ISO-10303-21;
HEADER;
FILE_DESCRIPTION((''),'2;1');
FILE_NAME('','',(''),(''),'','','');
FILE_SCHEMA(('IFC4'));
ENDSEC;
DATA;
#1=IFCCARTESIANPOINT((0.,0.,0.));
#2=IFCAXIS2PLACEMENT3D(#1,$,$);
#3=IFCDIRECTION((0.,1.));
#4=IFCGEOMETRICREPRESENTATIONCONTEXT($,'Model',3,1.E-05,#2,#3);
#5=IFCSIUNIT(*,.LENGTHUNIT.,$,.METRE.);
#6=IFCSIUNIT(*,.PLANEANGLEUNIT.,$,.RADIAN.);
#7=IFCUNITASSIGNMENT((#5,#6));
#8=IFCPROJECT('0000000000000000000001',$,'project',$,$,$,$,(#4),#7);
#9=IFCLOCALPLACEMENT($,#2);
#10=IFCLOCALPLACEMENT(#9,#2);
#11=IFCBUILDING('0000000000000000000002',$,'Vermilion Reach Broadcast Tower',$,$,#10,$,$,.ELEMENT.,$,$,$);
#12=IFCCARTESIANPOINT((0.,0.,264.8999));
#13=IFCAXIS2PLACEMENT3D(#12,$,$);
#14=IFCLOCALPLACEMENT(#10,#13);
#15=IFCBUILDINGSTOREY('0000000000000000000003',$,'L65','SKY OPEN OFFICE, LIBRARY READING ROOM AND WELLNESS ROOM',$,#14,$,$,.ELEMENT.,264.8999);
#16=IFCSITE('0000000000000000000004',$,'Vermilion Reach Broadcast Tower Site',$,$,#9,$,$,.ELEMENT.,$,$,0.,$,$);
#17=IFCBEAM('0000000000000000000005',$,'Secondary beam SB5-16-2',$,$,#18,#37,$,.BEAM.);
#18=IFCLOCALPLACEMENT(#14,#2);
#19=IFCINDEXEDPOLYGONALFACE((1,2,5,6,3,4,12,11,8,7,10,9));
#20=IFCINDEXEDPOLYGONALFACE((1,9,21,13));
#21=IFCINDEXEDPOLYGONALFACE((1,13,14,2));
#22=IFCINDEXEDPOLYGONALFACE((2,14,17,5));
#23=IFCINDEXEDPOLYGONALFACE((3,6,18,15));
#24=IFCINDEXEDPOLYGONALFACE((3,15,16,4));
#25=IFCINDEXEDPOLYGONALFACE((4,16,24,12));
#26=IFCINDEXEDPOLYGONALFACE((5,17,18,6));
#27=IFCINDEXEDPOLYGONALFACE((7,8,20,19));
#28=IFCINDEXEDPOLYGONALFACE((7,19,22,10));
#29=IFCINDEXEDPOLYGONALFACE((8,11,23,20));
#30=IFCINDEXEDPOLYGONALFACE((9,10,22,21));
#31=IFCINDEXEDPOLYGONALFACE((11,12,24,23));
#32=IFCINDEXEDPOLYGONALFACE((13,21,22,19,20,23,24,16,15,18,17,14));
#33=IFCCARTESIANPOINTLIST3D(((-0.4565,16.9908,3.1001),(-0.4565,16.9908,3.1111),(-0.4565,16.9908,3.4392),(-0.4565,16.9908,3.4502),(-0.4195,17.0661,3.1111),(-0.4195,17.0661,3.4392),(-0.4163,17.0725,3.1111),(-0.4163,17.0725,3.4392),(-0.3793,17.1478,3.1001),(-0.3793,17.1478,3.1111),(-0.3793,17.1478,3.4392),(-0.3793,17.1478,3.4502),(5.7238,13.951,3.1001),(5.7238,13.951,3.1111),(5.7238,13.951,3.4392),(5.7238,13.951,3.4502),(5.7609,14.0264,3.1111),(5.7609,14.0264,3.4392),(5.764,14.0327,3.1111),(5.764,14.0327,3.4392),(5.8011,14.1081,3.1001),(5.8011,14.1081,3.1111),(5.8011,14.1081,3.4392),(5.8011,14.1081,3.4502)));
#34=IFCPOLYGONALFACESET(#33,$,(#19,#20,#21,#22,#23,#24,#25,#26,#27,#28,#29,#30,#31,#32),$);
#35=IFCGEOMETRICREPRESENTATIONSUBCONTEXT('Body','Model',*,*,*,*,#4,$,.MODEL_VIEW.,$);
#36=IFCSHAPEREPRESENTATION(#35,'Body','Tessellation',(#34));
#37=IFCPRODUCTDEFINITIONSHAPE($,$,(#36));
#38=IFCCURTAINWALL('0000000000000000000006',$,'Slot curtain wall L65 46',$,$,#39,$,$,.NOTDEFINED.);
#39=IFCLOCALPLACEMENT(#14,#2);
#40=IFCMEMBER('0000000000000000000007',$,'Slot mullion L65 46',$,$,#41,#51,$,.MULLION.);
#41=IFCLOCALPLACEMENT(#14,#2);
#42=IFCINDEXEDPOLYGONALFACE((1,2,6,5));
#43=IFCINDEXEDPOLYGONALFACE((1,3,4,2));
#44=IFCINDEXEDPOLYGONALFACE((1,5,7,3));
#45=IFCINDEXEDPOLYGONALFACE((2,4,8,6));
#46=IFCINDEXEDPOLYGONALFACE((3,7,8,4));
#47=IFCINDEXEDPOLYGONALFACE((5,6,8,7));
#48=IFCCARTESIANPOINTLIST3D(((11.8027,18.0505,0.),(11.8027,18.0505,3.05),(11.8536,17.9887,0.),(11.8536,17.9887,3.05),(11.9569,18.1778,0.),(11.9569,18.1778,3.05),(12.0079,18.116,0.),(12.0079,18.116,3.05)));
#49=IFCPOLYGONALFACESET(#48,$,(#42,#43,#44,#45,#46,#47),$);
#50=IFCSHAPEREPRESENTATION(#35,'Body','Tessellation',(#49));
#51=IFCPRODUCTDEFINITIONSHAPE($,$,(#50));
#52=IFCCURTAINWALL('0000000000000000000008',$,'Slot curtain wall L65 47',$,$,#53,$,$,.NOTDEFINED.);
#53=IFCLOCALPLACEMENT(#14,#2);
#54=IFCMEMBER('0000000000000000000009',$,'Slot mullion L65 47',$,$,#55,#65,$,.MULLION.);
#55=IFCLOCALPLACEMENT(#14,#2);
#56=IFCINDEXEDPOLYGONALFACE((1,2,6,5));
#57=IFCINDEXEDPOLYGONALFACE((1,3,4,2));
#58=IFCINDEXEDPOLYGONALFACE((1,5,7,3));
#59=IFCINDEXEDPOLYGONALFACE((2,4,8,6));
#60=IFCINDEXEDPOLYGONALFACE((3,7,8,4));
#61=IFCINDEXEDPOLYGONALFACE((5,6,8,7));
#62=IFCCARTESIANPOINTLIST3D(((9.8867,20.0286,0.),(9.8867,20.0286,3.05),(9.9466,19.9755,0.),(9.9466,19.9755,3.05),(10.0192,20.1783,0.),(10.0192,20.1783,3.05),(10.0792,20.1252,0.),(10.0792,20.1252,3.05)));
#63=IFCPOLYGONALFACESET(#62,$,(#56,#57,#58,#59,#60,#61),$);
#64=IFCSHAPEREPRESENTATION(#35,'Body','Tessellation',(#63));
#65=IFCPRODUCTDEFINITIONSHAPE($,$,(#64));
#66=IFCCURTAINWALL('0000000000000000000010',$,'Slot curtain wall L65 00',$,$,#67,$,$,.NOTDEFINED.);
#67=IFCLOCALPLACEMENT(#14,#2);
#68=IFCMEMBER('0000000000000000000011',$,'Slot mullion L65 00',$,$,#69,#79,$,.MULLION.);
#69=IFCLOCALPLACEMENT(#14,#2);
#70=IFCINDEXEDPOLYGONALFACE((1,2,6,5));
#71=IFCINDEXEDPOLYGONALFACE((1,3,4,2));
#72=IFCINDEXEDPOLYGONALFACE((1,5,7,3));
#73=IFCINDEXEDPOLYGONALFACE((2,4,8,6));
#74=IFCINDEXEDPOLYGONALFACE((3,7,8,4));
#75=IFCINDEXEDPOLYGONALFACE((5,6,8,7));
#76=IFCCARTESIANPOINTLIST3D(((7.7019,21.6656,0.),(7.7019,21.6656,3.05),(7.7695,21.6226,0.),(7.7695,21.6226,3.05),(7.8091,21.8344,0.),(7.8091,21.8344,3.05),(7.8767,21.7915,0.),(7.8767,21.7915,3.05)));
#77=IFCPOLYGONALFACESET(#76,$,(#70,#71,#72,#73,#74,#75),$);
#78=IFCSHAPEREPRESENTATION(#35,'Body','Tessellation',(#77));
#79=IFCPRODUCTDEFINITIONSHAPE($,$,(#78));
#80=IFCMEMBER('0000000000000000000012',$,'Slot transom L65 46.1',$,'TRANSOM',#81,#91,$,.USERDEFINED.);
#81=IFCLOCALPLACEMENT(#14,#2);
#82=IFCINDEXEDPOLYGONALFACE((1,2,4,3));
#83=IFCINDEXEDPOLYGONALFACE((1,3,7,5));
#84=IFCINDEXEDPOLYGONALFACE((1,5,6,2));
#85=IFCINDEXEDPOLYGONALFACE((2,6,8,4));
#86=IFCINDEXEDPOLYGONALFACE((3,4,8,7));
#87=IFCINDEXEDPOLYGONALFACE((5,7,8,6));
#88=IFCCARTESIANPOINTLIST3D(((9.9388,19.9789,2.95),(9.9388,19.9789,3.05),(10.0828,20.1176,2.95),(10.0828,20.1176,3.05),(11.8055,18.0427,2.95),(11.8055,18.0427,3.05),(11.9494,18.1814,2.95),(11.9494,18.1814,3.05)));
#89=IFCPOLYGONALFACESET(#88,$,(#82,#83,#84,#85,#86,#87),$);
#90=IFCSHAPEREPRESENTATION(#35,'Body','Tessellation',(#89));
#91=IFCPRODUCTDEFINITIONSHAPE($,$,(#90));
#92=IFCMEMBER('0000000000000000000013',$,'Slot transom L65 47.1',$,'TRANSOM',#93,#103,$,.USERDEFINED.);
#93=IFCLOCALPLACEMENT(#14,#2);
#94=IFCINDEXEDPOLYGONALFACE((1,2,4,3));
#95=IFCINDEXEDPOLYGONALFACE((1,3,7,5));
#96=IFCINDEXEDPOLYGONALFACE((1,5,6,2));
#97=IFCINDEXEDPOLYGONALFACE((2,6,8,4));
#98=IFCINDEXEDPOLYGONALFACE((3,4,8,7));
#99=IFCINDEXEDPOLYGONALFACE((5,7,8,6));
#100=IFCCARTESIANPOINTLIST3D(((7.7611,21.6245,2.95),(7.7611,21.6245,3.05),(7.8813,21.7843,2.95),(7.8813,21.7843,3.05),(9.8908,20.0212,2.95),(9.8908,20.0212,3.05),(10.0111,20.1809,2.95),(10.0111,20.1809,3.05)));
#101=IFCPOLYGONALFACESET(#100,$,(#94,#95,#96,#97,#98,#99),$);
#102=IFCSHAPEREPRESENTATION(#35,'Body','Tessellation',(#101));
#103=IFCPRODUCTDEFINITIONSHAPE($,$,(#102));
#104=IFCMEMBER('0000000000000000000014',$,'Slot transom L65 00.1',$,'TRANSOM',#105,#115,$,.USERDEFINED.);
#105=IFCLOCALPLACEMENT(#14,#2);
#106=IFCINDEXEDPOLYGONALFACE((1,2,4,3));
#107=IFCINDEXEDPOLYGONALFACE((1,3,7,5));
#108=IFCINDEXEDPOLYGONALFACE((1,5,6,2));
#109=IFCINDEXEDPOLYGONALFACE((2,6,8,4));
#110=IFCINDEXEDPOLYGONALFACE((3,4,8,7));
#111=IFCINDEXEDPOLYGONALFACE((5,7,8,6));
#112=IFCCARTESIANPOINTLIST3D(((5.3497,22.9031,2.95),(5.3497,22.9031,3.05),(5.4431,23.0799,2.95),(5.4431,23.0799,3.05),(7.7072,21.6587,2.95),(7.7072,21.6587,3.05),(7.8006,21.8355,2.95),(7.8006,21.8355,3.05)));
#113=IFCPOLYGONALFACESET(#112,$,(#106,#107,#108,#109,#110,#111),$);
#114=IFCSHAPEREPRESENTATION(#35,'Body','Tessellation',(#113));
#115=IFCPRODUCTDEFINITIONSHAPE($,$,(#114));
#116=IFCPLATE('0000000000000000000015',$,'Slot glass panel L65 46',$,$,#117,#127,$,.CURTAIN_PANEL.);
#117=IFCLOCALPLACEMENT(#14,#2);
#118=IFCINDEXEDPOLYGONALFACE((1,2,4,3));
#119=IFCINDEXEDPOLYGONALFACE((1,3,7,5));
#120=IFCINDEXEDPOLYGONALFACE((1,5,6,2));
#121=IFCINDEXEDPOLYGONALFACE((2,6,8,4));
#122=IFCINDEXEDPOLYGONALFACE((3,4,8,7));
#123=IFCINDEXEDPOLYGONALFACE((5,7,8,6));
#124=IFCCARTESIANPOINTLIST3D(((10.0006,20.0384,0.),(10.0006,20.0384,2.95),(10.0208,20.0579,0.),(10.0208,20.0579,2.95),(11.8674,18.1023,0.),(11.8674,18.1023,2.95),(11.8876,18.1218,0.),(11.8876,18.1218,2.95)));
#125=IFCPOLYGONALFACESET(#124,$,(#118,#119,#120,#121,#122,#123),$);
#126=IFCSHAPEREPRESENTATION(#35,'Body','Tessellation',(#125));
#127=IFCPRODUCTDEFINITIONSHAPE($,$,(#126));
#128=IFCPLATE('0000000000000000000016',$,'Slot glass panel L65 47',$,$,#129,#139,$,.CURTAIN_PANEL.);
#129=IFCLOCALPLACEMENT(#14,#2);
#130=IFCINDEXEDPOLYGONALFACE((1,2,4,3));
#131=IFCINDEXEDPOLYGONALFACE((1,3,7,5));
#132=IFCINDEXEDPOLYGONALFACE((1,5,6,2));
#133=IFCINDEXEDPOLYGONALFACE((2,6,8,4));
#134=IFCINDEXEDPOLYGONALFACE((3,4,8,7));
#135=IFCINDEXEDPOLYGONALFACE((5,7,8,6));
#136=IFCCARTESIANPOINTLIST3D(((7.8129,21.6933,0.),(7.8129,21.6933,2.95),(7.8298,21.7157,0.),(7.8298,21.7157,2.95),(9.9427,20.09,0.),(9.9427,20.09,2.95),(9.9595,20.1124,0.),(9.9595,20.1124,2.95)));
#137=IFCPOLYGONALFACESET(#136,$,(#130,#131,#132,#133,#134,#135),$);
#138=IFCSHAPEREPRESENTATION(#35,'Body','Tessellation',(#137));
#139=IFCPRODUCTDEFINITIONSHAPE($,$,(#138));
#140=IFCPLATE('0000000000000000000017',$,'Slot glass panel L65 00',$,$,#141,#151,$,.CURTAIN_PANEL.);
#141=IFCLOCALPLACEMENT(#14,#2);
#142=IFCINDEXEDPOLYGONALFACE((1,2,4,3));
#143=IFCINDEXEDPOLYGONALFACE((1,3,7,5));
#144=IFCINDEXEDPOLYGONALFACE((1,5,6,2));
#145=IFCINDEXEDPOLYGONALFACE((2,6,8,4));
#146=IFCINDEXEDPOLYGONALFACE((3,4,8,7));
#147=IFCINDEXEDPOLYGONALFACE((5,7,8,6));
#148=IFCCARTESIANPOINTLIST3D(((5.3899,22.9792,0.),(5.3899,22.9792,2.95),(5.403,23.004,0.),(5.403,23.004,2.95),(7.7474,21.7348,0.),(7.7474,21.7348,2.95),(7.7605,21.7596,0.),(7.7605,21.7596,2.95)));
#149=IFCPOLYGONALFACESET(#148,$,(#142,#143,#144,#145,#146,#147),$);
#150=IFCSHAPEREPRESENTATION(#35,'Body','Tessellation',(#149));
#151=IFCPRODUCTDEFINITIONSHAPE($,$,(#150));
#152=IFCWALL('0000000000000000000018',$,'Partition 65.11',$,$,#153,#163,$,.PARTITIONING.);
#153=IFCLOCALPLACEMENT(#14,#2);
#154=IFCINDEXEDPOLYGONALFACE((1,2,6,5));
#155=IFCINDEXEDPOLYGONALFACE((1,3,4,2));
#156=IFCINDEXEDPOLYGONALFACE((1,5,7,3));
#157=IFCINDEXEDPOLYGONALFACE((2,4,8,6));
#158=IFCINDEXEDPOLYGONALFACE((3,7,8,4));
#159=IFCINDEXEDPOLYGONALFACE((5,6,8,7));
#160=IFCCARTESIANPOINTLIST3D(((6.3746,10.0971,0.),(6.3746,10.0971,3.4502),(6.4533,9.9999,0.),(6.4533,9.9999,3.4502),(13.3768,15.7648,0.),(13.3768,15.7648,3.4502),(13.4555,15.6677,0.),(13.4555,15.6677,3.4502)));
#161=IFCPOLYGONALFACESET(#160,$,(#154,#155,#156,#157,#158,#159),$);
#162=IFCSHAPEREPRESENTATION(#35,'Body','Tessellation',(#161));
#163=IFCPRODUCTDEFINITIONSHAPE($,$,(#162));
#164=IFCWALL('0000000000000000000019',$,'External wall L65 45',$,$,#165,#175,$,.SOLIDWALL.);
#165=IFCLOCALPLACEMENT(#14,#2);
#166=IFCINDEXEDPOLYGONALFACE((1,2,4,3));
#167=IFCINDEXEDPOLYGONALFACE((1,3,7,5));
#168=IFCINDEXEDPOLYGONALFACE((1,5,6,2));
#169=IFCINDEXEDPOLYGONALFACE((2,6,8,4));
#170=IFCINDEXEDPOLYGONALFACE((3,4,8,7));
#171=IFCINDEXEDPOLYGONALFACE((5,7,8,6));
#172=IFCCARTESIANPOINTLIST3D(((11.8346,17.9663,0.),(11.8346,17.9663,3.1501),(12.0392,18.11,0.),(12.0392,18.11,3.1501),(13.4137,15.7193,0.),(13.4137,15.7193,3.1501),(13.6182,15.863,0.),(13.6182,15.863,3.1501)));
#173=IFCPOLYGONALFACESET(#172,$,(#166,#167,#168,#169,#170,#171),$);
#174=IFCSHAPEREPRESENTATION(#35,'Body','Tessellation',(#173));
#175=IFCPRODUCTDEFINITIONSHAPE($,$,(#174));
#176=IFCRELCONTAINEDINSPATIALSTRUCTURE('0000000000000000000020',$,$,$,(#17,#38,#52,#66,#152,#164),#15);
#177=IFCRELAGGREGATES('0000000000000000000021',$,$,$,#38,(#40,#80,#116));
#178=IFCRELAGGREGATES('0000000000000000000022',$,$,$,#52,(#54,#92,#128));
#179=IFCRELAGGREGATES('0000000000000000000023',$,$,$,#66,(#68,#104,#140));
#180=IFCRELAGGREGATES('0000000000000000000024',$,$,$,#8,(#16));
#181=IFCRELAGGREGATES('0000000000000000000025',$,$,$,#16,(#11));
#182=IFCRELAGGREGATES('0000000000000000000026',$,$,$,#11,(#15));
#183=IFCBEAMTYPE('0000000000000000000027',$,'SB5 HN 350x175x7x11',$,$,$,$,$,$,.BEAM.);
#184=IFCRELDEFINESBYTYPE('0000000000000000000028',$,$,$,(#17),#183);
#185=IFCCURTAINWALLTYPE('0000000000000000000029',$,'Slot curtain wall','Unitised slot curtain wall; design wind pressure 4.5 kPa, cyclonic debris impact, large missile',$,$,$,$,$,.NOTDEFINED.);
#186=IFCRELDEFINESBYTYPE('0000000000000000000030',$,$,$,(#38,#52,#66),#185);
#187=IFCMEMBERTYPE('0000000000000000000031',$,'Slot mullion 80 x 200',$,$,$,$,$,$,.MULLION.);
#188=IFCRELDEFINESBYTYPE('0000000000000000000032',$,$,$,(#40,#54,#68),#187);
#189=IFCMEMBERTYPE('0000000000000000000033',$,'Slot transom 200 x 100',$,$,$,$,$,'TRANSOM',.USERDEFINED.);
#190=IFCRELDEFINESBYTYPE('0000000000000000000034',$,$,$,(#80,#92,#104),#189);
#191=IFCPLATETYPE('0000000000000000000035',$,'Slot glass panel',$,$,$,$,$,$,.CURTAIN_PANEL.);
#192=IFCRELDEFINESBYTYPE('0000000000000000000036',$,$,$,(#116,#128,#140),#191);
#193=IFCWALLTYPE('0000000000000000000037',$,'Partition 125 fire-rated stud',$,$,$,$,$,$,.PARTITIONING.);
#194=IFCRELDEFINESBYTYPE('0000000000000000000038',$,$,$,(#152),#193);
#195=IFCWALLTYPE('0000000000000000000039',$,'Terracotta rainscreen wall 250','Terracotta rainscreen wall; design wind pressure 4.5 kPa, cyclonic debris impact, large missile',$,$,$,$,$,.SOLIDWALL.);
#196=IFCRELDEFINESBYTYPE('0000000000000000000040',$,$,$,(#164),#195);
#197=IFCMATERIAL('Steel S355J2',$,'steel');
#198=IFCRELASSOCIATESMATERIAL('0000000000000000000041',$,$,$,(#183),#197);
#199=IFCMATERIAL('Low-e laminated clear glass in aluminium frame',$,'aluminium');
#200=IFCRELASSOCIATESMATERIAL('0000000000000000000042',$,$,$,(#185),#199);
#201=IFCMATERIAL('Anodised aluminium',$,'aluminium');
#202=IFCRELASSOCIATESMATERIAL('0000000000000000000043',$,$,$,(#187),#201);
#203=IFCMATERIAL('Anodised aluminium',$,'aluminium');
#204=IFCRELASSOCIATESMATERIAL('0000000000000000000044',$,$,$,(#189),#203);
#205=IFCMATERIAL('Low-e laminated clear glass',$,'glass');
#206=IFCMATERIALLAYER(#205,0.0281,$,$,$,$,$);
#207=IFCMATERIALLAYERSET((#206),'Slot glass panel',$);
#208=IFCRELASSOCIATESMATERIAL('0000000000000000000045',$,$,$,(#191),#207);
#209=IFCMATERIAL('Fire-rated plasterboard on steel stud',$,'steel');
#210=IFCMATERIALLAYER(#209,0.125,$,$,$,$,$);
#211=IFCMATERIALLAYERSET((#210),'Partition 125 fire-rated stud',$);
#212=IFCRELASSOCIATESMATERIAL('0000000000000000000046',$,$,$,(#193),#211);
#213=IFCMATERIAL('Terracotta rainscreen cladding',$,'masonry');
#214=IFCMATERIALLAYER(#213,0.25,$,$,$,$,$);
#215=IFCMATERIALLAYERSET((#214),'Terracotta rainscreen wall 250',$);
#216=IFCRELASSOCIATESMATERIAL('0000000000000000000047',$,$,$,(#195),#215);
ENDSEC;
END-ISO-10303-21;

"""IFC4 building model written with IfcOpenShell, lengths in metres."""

from ifc_helpers import new_model, si_unit, direction, frame, frame_2d, origin, origin_2d, place, context, subcontext, project, spatial, rectangle, i_section, extrude, material, layer, layer_set, material_profile, profile_set, type_object, element, aggregate, save


model = new_model("IFC4")

# Units and contexts
model_context = context("Model", 3, precision=1e-05, world=origin(), true_north=direction((0.0, 1.0)))
body_context = subcontext(model_context, "Body", "Model", "MODEL_VIEW")
ifc_project = project(units=[si_unit("LENGTHUNIT", "METRE"), si_unit("PLANEANGLEUNIT", "RADIAN")], contexts=[model_context])

# Site, building, storey
site_placement = place(None, origin())
site = spatial("IfcSite", under=ifc_project, at=site_placement, Name="Vermilion Reach Broadcast Tower Site", CompositionType="ELEMENT", RefElevation=0.0)
building_placement = place(site_placement, origin())
building = spatial("IfcBuilding", under=site, at=building_placement, Name="Vermilion Reach Broadcast Tower", CompositionType="ELEMENT")
storey_placement = place(building_placement, frame((0.0, 0.0, 264.8999)))
storey = spatial("IfcBuildingStorey", under=building, at=storey_placement, Name="L65", Description="SKY OPEN OFFICE, LIBRARY READING ROOM AND WELLNESS ROOM", CompositionType="ELEMENT", Elevation=264.8999)

# Beam
ifc_material_1 = material(Name="Steel S355J2", Category="steel")
ifc_material_profile_1 = material_profile(ifc_material_1, i_section(OverallWidth=0.175, OverallDepth=0.3501, WebThickness=0.0071, FlangeThickness=0.011, at=origin_2d()), Name="S355J2 HN 350x175x7x11")
ifc_profile_set_1 = profile_set([ifc_material_profile_1], Name="Steel S355J2")
beam_type_1 = type_object("IfcBeamType", Name="SB5 HN 350x175x7x11", PredefinedType="BEAM", material=ifc_profile_set_1)
beam_1_placement = place(storey_placement, frame((5.7625, 14.0295, 3.2751), z_axis=(-0.897336, 0.441348, 0.0), x_axis=(-0.441348, -0.897336, 0.0)))
element("IfcBeam", 1, at=beam_1_placement, inside=storey, type_object=beam_type_1, Name="Secondary beam SB5-16-2", PredefinedType="BEAM", context=body_context, shape_type="SweptSolid", body=[
    extrude(i_section(OverallWidth=0.175, OverallDepth=0.3501, WebThickness=0.0071, FlangeThickness=0.011, at=origin_2d()), origin(), (0.0, 0.0, 1.0), 6.8875),
])

# Curtain walls, members
ifc_material_2 = material(Name="Low-e laminated clear glass in aluminium frame", Category="aluminium")
curtain_wall_type = type_object("IfcCurtainWallType", Name="Slot curtain wall", Description="Unitised slot curtain wall; design wind pressure 4.5 kPa, cyclonic debris impact, large missile", PredefinedType="NOTDEFINED", material=ifc_material_2)
placement = place(storey_placement, origin())
curtain_wall_1 = element("IfcCurtainWall", 2, at=placement, inside=storey, type_object=curtain_wall_type, Name="Slot curtain wall L65 46", PredefinedType="NOTDEFINED")
ifc_material_3 = material(Name="Anodised aluminium", Category="aluminium")
ifc_material_profile_2 = material_profile(ifc_material_3, rectangle(XDim=0.2, YDim=0.0801, at=origin_2d()), Name="Slot mullion 80 x 200")
ifc_profile_set_2 = profile_set([ifc_material_profile_2], Name="Anodised aluminium")
member_type_1 = type_object("IfcMemberType", Name="Slot mullion 80 x 200", PredefinedType="MULLION", material=ifc_profile_set_2)
member_1_placement = place(storey_placement, frame((11.9053, 18.0833, 0.0), z_axis=(0.0, 0.0, 1.0), x_axis=(-0.77133, -0.636435, 0.0)))
member_1 = element("IfcMember", 3, at=member_1_placement, type_object=member_type_1, Name="Slot mullion L65 46", PredefinedType="MULLION", context=body_context, shape_type="SweptSolid", body=[
    extrude(rectangle(XDim=0.2, YDim=0.0801, at=origin_2d()), origin(), (0.0, 0.0, 1.0), 3.05),
])
curtain_wall_2 = element("IfcCurtainWall", 4, at=placement, inside=storey, type_object=curtain_wall_type, Name="Slot curtain wall L65 47", PredefinedType="NOTDEFINED")
member_2_placement = place(storey_placement, frame((9.9829, 20.0769, 0.0), z_axis=(0.0, 0.0, 1.0), x_axis=(-0.662736, -0.748853, 0.0)))
member_2 = element("IfcMember", 5, at=member_2_placement, type_object=member_type_1, Name="Slot mullion L65 47", PredefinedType="MULLION", context=body_context, shape_type="SweptSolid", body=[
    extrude(rectangle(XDim=0.2, YDim=0.0801, at=origin_2d()), origin(), (0.0, 0.0, 1.0), 3.05),
])
curtain_wall_3 = element("IfcCurtainWall", 6, at=placement, inside=storey, type_object=curtain_wall_type, Name="Slot curtain wall L65 00", PredefinedType="NOTDEFINED")
member_3_placement = place(storey_placement, frame((7.7893, 21.7285, 0.0), z_axis=(0.0, 0.0, 1.0), x_axis=(-0.535827, -0.844328, 0.0)))
member_3 = element("IfcMember", 7, at=member_3_placement, type_object=member_type_1, Name="Slot mullion L65 00", PredefinedType="MULLION", context=body_context, shape_type="SweptSolid", body=[
    extrude(rectangle(XDim=0.2, YDim=0.0801, at=origin_2d()), origin(), (0.0, 0.0, 1.0), 3.05),
])

# Members
ifc_material_4 = material(Name="Anodised aluminium", Category="aluminium")
ifc_material_profile_3 = material_profile(ifc_material_4, rectangle(XDim=0.2, YDim=0.1001, at=origin_2d()), Name="Slot transom 200 x 100")
ifc_profile_set_3 = profile_set([ifc_material_profile_3], Name="Anodised aluminium")
member_type_2 = type_object("IfcMemberType", Name="Slot transom 200 x 100", ElementType="TRANSOM", PredefinedType="USERDEFINED", material=ifc_profile_set_3)
member_4_placement = place(storey_placement, frame((11.8774, 18.1121, 3.0), z_axis=(-0.694053, 0.719924, 0.0), x_axis=(-0.719924, -0.694053, 0.0)))
member_4 = element("IfcMember", 8, at=member_4_placement, type_object=member_type_2, Name="Slot transom L65 46.1", ObjectType="TRANSOM", PredefinedType="USERDEFINED", context=body_context, shape_type="SweptSolid", body=[
    extrude(rectangle(XDim=0.2, YDim=0.1001, at=origin_2d()), origin(), (0.0, 0.0, 1.0), 2.6895),
])
member_5_placement = place(storey_placement, frame((9.9509, 20.1011, 3.0), z_axis=(-0.798911, 0.60145, 0.0), x_axis=(-0.60145, -0.798911, 0.0)))
member_5 = element("IfcMember", 9, at=member_5_placement, type_object=member_type_2, Name="Slot transom L65 47.1", ObjectType="TRANSOM", PredefinedType="USERDEFINED", context=body_context, shape_type="SweptSolid", body=[
    extrude(rectangle(XDim=0.2, YDim=0.1001, at=origin_2d()), origin(), (0.0, 0.0, 1.0), 2.6658),
])
member_6_placement = place(storey_placement, frame((7.7539, 21.7471, 3.0), z_axis=(-0.884355, 0.466814, 0.0), x_axis=(-0.466814, -0.884355, 0.0)))
member_6 = element("IfcMember", 10, at=member_6_placement, type_object=member_type_2, Name="Slot transom L65 00.1", ObjectType="TRANSOM", PredefinedType="USERDEFINED", context=body_context, shape_type="SweptSolid", body=[
    extrude(rectangle(XDim=0.2, YDim=0.1001, at=origin_2d()), origin(), (0.0, 0.0, 1.0), 2.6658),
])

# Plates
ifc_material_5 = material(Name="Low-e laminated clear glass", Category="glass")
ifc_layer_1 = layer(ifc_material_5, 0.0281)
ifc_layer_set_1 = layer_set([ifc_layer_1], Name="Slot glass panel")
plate_type = type_object("IfcPlateType", Name="Slot glass panel", PredefinedType="CURTAIN_PANEL", material=ifc_layer_set_1)
plate_1_placement = place(storey_placement, frame((10.9441, 19.0801, 0.0), z_axis=(0.0, 0.0, 1.0), x_axis=(-0.694099, 0.71988, 0.0)))
plate_1 = element("IfcPlate", 11, at=plate_1_placement, type_object=plate_type, Name="Slot glass panel L65 46", PredefinedType="CURTAIN_PANEL", context=body_context, shape_type="SweptSolid", body=[
    extrude(rectangle(XDim=2.6895, YDim=0.0281, at=origin_2d()), origin(), (0.0, 0.0, 1.0), 2.95),
])
aggregate(curtain_wall_1, [member_1, member_4, plate_1])
plate_2_placement = place(storey_placement, frame((8.8862, 20.9028, 0.0), z_axis=(0.0, 0.0, 1.0), x_axis=(-0.798916, 0.601442, 0.0)))
plate_2 = element("IfcPlate", 12, at=plate_2_placement, type_object=plate_type, Name="Slot glass panel L65 47", PredefinedType="CURTAIN_PANEL", context=body_context, shape_type="SweptSolid", body=[
    extrude(rectangle(XDim=2.6658, YDim=0.0281, at=origin_2d()), origin(), (0.0, 0.0, 1.0), 2.95),
])
aggregate(curtain_wall_2, [member_2, member_5, plate_2])
plate_3_placement = place(storey_placement, frame((6.5752, 22.3694, 0.0), z_axis=(0.0, 0.0, 1.0), x_axis=(-0.884363, 0.4668, 0.0)))
plate_3 = element("IfcPlate", 13, at=plate_3_placement, type_object=plate_type, Name="Slot glass panel L65 00", PredefinedType="CURTAIN_PANEL", context=body_context, shape_type="SweptSolid", body=[
    extrude(rectangle(XDim=2.6658, YDim=0.0281, at=origin_2d()), origin(), (0.0, 0.0, 1.0), 2.95),
])
aggregate(curtain_wall_3, [member_3, member_6, plate_3])

# Wall
ifc_material_6 = material(Name="Fire-rated plasterboard on steel stud", Category="steel")
ifc_layer_2 = layer(ifc_material_6, 0.125)
ifc_layer_set_2 = layer_set([ifc_layer_2], Name="Partition 125 fire-rated stud")
wall_type_1 = type_object("IfcWallType", Name="Partition 125 fire-rated stud", PredefinedType="PARTITIONING", material=ifc_layer_set_2)
wall_1_placement = place(storey_placement, frame((13.4163, 15.7163, 0.0), z_axis=(0.0, 0.0, 1.0), x_axis=(-0.777284, -0.62915, 0.0)))
element("IfcWall", 14, at=wall_1_placement, inside=storey, type_object=wall_type_1, Name="Partition 65.11", PredefinedType="PARTITIONING", context=body_context, shape_type="SweptSolid", body=[
    extrude(rectangle(XDim=9.0085, YDim=0.125, at=frame_2d((4.5044, 0.0))), origin(), (0.0, 0.0, 1.0), 3.4502),
])

# Shared definitions
ifc_material_7 = material(Name="Terracotta rainscreen cladding", Category="masonry")
ifc_layer_3 = layer(ifc_material_7, 0.25)
ifc_layer_set_3 = layer_set([ifc_layer_3], Name="Terracotta rainscreen wall 250")
wall_type_2 = type_object("IfcWallType", Name="Terracotta rainscreen wall 250", Description="Terracotta rainscreen wall; design wind pressure 4.5 kPa, cyclonic debris impact, large missile", PredefinedType="SOLIDWALL", material=ifc_layer_set_3)

# Wall
wall_2_placement = place(storey_placement, frame((13.5159, 15.7913, 0.0), z_axis=(0.0, 0.0, 1.0), x_axis=(-0.574965, 0.818178, 0.0)))
element("IfcWall", 15, at=wall_2_placement, inside=storey, type_object=wall_type_2, Name="External wall L65 45", PredefinedType="SOLIDWALL", context=body_context, shape_type="SweptSolid", body=[
    extrude(rectangle(XDim=2.7463, YDim=0.25, at=frame_2d((1.373, 0.0))), origin(), (0.0, 0.0, 1.0), 3.1501),
])

save(model, "model.ifc")
